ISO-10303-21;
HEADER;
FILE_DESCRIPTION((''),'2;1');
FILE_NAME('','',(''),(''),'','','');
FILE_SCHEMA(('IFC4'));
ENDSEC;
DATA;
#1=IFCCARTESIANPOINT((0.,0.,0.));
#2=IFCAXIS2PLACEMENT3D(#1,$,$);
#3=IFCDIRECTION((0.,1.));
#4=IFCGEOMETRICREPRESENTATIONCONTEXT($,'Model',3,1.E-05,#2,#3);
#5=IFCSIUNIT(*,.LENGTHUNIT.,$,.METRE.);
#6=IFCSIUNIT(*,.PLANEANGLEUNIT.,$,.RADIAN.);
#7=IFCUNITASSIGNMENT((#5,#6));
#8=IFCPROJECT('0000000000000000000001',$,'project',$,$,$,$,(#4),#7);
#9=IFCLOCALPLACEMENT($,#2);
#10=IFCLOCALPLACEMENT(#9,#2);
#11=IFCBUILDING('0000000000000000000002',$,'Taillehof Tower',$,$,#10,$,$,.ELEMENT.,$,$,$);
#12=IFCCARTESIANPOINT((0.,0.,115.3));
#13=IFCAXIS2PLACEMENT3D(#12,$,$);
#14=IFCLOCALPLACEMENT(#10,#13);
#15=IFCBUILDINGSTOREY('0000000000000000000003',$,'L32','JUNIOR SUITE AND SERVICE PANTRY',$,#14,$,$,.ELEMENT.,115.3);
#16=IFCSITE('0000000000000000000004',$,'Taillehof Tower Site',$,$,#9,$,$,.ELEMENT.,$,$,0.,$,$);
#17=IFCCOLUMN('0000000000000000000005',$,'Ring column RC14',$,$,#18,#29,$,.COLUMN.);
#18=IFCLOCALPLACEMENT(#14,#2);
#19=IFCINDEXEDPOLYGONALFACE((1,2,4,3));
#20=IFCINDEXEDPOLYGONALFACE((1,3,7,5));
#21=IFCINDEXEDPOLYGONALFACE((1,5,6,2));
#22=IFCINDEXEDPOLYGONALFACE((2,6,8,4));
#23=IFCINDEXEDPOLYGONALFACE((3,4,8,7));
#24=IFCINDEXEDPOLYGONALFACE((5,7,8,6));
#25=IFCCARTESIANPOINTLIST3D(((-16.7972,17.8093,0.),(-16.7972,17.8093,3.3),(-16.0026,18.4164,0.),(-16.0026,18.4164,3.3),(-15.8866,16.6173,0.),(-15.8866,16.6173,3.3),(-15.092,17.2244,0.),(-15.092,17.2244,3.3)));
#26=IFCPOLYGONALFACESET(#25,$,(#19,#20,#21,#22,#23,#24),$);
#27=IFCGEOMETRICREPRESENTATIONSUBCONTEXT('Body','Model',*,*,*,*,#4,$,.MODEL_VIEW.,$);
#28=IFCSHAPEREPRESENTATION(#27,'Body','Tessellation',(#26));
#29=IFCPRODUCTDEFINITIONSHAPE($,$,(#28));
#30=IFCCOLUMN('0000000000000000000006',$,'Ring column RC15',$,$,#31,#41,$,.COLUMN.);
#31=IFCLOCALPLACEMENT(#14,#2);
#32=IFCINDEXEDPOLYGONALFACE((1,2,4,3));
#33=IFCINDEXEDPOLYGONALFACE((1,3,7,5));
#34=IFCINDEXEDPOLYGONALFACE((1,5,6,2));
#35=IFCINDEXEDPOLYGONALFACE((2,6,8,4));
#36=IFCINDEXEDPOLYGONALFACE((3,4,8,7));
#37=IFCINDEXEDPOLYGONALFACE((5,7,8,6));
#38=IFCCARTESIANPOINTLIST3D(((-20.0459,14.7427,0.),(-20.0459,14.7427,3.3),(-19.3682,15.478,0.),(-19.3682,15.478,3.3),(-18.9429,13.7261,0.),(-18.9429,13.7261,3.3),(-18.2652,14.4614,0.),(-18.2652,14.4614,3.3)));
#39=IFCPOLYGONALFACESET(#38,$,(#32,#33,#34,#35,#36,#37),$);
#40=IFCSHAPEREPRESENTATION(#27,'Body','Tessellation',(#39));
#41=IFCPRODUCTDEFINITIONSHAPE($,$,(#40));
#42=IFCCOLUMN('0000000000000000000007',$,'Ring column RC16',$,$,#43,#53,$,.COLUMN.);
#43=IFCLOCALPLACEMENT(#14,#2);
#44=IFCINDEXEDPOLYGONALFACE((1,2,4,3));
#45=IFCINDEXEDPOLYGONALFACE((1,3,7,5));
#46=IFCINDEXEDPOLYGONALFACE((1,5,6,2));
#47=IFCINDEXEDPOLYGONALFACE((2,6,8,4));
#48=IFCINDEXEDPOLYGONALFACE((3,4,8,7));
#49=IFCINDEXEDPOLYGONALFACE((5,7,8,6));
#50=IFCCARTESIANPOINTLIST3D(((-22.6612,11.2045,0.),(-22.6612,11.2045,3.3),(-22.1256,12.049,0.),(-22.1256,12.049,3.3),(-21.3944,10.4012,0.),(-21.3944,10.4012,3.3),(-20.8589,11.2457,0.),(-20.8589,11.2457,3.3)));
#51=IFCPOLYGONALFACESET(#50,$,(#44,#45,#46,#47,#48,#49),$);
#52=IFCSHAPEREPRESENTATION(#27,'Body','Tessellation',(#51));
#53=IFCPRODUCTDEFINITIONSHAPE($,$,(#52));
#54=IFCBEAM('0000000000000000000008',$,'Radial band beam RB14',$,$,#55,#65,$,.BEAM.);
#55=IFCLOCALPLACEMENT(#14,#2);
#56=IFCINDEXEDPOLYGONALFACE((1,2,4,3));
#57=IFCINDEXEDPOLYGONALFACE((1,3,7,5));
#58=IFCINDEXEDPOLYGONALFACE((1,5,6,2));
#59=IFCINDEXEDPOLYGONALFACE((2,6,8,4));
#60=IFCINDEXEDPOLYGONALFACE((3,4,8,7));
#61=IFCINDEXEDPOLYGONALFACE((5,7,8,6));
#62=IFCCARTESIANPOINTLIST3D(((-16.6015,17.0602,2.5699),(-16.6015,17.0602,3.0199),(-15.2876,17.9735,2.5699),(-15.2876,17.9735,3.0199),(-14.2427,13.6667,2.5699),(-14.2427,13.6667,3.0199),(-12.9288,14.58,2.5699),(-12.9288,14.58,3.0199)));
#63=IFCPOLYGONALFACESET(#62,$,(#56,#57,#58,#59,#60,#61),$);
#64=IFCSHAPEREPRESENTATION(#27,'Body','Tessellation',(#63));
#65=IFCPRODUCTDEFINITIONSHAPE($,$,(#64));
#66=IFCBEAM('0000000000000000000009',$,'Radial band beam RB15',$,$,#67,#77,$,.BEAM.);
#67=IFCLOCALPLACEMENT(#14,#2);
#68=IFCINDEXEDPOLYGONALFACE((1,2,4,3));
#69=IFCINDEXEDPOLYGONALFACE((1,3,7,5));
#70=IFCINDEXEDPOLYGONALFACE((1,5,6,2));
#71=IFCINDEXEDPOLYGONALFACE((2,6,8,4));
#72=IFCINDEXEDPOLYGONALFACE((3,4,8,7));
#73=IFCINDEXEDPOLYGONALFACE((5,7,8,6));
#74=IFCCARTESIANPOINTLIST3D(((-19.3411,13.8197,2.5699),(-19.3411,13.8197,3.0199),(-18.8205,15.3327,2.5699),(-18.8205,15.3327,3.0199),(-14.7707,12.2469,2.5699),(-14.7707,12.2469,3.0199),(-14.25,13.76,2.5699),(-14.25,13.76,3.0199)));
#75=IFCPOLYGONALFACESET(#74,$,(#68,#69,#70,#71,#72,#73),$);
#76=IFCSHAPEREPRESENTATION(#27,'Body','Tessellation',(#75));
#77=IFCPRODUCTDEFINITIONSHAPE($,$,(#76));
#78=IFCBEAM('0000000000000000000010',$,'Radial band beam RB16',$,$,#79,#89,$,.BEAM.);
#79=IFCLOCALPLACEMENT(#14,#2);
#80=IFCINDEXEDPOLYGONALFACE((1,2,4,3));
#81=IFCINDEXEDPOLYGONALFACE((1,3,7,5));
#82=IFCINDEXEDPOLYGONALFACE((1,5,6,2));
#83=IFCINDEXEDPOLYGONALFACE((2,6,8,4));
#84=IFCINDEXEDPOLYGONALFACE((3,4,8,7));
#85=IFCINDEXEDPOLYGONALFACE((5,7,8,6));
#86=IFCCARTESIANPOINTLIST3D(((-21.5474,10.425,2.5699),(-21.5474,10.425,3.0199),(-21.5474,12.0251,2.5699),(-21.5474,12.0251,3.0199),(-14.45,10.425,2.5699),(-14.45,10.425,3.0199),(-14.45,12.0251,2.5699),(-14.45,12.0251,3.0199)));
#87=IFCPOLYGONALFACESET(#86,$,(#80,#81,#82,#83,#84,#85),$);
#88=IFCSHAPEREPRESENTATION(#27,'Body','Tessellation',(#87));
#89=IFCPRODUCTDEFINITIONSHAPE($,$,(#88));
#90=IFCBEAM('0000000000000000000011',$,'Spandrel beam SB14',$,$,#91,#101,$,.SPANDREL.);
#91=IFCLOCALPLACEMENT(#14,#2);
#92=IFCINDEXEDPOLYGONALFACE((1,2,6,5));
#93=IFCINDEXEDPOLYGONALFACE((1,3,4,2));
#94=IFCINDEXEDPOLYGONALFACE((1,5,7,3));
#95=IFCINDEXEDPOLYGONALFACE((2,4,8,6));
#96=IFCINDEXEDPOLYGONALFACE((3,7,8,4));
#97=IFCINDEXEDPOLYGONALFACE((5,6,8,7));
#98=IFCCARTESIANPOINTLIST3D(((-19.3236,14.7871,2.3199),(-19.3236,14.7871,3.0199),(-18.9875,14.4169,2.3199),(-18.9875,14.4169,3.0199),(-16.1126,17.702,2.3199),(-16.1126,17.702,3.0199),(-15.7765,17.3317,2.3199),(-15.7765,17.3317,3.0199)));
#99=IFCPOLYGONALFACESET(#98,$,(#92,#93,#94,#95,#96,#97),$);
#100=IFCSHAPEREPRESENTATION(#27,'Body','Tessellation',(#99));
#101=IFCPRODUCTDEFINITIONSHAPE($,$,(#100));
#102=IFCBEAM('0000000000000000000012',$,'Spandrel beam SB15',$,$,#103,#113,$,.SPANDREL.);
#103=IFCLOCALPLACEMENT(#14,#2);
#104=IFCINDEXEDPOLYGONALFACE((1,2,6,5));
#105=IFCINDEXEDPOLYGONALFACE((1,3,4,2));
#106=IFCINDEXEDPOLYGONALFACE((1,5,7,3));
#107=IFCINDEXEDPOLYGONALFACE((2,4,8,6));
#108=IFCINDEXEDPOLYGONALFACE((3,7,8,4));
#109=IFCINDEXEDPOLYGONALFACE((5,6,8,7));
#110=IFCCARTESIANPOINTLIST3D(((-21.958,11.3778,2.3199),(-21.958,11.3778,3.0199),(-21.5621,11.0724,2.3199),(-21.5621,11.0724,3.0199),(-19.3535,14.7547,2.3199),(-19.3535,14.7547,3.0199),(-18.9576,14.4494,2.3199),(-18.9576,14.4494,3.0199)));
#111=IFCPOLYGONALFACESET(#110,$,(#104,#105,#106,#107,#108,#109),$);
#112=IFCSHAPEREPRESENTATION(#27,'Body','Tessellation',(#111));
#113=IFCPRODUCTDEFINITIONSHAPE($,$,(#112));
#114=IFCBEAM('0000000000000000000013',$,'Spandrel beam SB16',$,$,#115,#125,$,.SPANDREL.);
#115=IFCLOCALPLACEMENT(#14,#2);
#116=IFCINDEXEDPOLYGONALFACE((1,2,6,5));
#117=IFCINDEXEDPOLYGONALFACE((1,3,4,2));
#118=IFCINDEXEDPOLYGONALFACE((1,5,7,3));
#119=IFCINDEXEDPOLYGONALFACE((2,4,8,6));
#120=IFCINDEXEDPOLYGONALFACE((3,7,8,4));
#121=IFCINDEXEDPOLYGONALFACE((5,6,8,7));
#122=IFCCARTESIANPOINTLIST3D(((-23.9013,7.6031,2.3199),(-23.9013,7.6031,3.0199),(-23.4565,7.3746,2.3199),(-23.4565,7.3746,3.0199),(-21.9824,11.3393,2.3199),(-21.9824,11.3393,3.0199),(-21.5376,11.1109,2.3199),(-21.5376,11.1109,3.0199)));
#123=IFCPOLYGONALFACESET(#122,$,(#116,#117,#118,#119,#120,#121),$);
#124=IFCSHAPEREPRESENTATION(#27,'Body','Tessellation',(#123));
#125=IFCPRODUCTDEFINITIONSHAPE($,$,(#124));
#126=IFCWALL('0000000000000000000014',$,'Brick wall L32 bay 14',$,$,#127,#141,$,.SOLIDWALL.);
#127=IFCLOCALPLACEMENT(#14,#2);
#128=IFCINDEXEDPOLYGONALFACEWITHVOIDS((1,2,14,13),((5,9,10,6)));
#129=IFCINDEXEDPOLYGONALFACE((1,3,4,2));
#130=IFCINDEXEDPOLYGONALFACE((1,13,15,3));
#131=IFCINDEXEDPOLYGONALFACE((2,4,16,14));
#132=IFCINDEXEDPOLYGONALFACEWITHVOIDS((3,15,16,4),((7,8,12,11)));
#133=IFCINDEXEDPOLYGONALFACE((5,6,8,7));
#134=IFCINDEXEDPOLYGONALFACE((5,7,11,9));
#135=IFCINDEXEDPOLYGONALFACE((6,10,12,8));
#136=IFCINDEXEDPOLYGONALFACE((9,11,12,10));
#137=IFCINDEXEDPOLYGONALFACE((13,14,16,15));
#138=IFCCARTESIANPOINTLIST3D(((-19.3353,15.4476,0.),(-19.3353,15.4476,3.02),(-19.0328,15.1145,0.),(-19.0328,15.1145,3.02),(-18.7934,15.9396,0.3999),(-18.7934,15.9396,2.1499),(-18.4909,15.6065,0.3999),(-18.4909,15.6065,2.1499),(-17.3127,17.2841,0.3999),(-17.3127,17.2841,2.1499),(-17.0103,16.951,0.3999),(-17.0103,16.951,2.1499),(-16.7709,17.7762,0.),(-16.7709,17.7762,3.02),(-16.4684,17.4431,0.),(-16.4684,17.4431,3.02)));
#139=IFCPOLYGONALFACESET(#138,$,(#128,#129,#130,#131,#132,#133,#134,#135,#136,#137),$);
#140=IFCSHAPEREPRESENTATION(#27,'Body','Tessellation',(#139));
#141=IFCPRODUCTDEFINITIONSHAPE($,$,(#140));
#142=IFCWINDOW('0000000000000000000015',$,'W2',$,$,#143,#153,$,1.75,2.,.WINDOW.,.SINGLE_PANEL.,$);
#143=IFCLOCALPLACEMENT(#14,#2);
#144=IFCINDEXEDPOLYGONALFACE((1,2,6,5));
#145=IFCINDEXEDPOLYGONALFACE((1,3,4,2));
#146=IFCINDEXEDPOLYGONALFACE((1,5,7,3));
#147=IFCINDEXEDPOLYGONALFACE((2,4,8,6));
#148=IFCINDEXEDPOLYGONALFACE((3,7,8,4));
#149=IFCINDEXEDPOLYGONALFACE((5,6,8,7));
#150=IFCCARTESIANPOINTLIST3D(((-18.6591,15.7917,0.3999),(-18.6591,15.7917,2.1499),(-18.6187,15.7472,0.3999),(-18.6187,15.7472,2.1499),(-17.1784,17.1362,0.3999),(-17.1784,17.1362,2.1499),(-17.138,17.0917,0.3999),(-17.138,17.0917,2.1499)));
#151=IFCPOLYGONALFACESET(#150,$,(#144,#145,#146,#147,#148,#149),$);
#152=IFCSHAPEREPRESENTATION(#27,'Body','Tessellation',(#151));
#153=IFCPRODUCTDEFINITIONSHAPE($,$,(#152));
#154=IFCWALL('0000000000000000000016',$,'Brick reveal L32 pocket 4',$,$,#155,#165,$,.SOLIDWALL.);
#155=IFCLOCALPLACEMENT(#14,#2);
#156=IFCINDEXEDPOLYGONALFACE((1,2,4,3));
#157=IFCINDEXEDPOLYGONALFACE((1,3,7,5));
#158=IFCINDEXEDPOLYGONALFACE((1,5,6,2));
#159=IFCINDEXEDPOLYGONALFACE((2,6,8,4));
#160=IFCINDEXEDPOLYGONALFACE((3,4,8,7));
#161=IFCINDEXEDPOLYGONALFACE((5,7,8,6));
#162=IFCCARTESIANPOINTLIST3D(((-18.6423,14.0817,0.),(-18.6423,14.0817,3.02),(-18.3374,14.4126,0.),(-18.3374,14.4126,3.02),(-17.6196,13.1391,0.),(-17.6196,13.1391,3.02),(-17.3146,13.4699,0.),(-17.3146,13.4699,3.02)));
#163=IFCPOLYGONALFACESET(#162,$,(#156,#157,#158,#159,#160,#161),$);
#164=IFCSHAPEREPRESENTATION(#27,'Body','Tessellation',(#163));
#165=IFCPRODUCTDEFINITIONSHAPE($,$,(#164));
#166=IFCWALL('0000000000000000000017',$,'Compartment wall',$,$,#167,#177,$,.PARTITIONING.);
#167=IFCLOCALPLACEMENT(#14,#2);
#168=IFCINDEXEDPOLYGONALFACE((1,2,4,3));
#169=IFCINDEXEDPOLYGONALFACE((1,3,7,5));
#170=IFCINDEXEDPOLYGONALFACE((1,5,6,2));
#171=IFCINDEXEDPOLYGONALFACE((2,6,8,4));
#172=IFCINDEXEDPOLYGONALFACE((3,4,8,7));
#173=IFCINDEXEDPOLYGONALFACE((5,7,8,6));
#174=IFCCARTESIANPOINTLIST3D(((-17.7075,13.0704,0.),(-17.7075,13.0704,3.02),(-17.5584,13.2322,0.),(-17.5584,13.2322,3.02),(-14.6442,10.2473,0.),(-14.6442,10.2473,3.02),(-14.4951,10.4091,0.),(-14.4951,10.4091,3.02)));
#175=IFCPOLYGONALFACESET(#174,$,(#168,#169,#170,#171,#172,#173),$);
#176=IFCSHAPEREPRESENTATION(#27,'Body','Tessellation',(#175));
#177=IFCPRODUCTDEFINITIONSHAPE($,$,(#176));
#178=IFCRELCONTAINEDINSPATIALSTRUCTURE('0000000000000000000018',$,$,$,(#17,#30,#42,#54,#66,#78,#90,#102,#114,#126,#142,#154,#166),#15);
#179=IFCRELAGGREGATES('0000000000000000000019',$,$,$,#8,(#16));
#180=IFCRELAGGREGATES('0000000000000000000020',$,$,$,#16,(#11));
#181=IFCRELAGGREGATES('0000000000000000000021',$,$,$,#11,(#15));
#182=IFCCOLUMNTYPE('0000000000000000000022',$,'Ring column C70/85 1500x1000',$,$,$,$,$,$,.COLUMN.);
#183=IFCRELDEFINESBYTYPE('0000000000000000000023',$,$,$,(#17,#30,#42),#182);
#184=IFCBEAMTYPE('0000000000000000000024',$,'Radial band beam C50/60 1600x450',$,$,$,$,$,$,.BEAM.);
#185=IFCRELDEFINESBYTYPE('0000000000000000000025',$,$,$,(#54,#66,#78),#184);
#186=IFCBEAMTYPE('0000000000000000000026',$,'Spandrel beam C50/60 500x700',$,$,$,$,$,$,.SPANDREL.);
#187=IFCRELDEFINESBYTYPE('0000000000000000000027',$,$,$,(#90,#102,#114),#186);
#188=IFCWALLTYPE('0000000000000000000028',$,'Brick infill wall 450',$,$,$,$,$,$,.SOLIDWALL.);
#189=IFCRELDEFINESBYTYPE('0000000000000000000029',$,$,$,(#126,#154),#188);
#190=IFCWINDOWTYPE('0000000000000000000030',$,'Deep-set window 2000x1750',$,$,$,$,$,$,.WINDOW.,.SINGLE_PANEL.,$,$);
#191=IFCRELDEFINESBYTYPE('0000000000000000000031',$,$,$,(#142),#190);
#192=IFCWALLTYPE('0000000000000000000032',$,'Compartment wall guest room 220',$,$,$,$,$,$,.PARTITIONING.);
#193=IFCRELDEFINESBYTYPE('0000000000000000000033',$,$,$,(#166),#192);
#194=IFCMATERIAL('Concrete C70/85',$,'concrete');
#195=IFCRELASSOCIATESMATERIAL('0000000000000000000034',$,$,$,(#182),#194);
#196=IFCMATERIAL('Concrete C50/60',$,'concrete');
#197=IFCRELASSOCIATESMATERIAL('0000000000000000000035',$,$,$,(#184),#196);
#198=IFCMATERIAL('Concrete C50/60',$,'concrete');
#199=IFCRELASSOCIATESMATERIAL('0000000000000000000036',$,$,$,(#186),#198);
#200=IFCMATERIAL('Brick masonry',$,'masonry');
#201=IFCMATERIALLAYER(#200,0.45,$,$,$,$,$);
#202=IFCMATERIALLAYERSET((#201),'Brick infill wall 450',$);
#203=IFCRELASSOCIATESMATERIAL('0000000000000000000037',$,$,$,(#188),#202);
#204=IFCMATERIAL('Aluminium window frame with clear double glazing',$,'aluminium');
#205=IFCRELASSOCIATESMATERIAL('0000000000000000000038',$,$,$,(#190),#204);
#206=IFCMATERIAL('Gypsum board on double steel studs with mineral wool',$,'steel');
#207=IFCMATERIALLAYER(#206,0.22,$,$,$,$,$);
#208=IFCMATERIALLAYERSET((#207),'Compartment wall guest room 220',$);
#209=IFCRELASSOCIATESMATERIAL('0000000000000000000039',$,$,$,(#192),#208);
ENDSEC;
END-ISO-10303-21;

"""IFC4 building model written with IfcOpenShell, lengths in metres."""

from ifc_helpers import new_model, si_unit, direction, frame, frame_2d, origin, origin_2d, place, context, subcontext, project, spatial, rectangle, extrude, material, layer, layer_set, material_profile, profile_set, type_object, element, fill, save


model = new_model("IFC4")

# Units and contexts
model_context = context("Model", 3, precision=1e-05, world=origin(), true_north=direction((0.0, 1.0)))
body_context = subcontext(model_context, "Body", "Model", "MODEL_VIEW")
ifc_project = project(units=[si_unit("LENGTHUNIT", "METRE"), si_unit("PLANEANGLEUNIT", "RADIAN")], contexts=[model_context])

# Site, building, storey
site_placement = place(None, origin())
site = spatial("IfcSite", under=ifc_project, at=site_placement, Name="Taillehof Tower Site", CompositionType="ELEMENT", RefElevation=0.0)
building_placement = place(site_placement, origin())
building = spatial("IfcBuilding", under=site, at=building_placement, Name="Taillehof Tower", CompositionType="ELEMENT")
storey_placement = place(building_placement, frame((0.0, 0.0, 115.3)))
storey = spatial("IfcBuildingStorey", under=building, at=storey_placement, Name="L32", Description="JUNIOR SUITE AND SERVICE PANTRY", CompositionType="ELEMENT", Elevation=115.3)

# Columns
ifc_material_1 = material(Name="Concrete C70/85", Category="concrete")
ifc_material_profile_1 = material_profile(ifc_material_1, rectangle(XDim=1.5, YDim=1.0, at=origin_2d()), Name="RC 1500x1000")
ifc_profile_set_1 = profile_set([ifc_material_profile_1], Name="Concrete C70/85")
column_type = type_object("IfcColumnType", Name="Ring column C70/85 1500x1000", PredefinedType="COLUMN", material=ifc_profile_set_1)
for number, where, z_axis, x_axis, name in (
    (1, (-15.9446, 17.5168, 0.0), (0.0, 0.0, 1.0), (-0.607074, 0.794645, 0.0), "Ring column RC14"),
    (2, (-19.1555, 14.6021, 0.0), (0.0, 0.0, 1.0), (-0.735332, 0.677707, 0.0), "Ring column RC15"),
    (3, (-21.76, 11.2251, 0.0), (0.0, 0.0, 1.0), (-0.844511, 0.535537, 0.0), "Ring column RC16"),
):
    element("IfcColumn", number, at=place(storey_placement, frame(where, z_axis=z_axis, x_axis=x_axis)), inside=storey, type_object=column_type, Name=name, PredefinedType="COLUMN", context=body_context, shape_type="SweptSolid", body=[
        extrude(rectangle(XDim=1.5, YDim=1.0, at=origin_2d()), origin(), (0.0, 0.0, 1.0), 3.3),
    ])

# Beams
ifc_material_2 = material(Name="Concrete C50/60", Category="concrete")
ifc_material_profile_2 = material_profile(ifc_material_2, rectangle(XDim=1.6001, YDim=0.45, at=origin_2d()), Name="RC 1600x450")
ifc_profile_set_2 = profile_set([ifc_material_profile_2], Name="Concrete C50/60")
beam_type_1 = type_object("IfcBeamType", Name="Radial band beam C50/60 1600x450", PredefinedType="BEAM", material=ifc_profile_set_2)
beam_1_placement = place(storey_placement, frame((-15.9446, 17.5168, 2.7949), z_axis=(0.570763, -0.821115, 0.0), x_axis=(0.821115, 0.570763, 0.0)))
element("IfcBeam", 4, at=beam_1_placement, inside=storey, type_object=beam_type_1, Name="Radial band beam RB14", PredefinedType="BEAM", context=body_context, shape_type="SweptSolid", body=[
    extrude(rectangle(XDim=1.6001, YDim=0.45, at=origin_2d()), origin(), (0.0, 0.0, 1.0), 4.1328),
])
beam_2_placement = place(storey_placement, frame((-19.0808, 14.5762, 2.7949), z_axis=(0.945583, -0.32538, 0.0), x_axis=(0.32538, 0.945583, 0.0)))
element("IfcBeam", 5, at=beam_2_placement, inside=storey, type_object=beam_type_1, Name="Radial band beam RB15", PredefinedType="BEAM", context=body_context, shape_type="SweptSolid", body=[
    extrude(rectangle(XDim=1.6001, YDim=0.45, at=origin_2d()), origin(), (0.0, 0.0, 1.0), 4.8335),
])
beam_3_placement = place(storey_placement, frame((-21.5474, 11.2251, 2.7949), z_axis=(1.0, 0.0, 0.0), x_axis=(0.0, 1.0, 0.0)))
element("IfcBeam", 6, at=beam_3_placement, inside=storey, type_object=beam_type_1, Name="Radial band beam RB16", PredefinedType="BEAM", context=body_context, shape_type="SweptSolid", body=[
    extrude(rectangle(XDim=1.6001, YDim=0.45, at=origin_2d()), origin(), (0.0, 0.0, 1.0), 7.0974),
])
ifc_material_3 = material(Name="Concrete C50/60", Category="concrete")
ifc_material_profile_3 = material_profile(ifc_material_3, rectangle(XDim=0.5, YDim=0.7, at=origin_2d()), Name="RC 500x700")
ifc_profile_set_3 = profile_set([ifc_material_profile_3], Name="Concrete C50/60")
beam_type_2 = type_object("IfcBeamType", Name="Spandrel beam C50/60 500x700", PredefinedType="SPANDREL", material=ifc_profile_set_3)
beam_4_placement = place(storey_placement, frame((-15.9446, 17.5168, 2.6699), z_axis=(-0.740426, -0.672137, 0.0), x_axis=(0.672137, -0.740426, 0.0)))
element("IfcBeam", 7, at=beam_4_placement, inside=storey, type_object=beam_type_2, Name="Spandrel beam SB14", PredefinedType="SPANDREL", context=body_context, shape_type="SweptSolid", body=[
    extrude(rectangle(XDim=0.5, YDim=0.7, at=origin_2d()), origin(), (0.0, 0.0, 1.0), 4.3367),
])
beam_5_placement = place(storey_placement, frame((-19.1555, 14.6021, 2.6699), z_axis=(-0.610717, -0.791849, 0.0), x_axis=(0.791849, -0.610717, 0.0)))
element("IfcBeam", 8, at=beam_5_placement, inside=storey, type_object=beam_type_2, Name="Spandrel beam SB15", PredefinedType="SPANDREL", context=body_context, shape_type="SweptSolid", body=[
    extrude(rectangle(XDim=0.5, YDim=0.7, at=origin_2d()), origin(), (0.0, 0.0, 1.0), 4.2646),
])
beam_6_placement = place(storey_placement, frame((-21.76, 11.2251, 2.6699), z_axis=(-0.456859, -0.889539, 0.0), x_axis=(0.889539, -0.456859, 0.0)))
element("IfcBeam", 9, at=beam_6_placement, inside=storey, type_object=beam_type_2, Name="Spandrel beam SB16", PredefinedType="SPANDREL", context=body_context, shape_type="SweptSolid", body=[
    extrude(rectangle(XDim=0.5, YDim=0.7, at=origin_2d()), origin(), (0.0, 0.0, 1.0), 4.2002),
])

# Wall, opening, window
ifc_material_4 = material(Name="Brick masonry", Category="masonry")
ifc_layer_1 = layer(ifc_material_4, 0.45)
ifc_layer_set_1 = layer_set([ifc_layer_1], Name="Brick infill wall 450")
wall_type_1 = type_object("IfcWallType", Name="Brick infill wall 450", PredefinedType="SOLIDWALL", material=ifc_layer_set_1)
wall_1_placement = place(storey_placement, frame((-16.6196, 17.6096, 0.0), z_axis=(0.0, 0.0, 1.0), x_axis=(-0.740329, -0.672245, 0.0)))
wall_1 = element("IfcWall", 10, at=wall_1_placement, inside=storey, type_object=wall_type_1, Name="Brick wall L32 bay 14", PredefinedType="SOLIDWALL", context=body_context, shape_type="SweptSolid", body=[
    extrude(rectangle(XDim=3.4639, YDim=0.45, at=frame_2d((1.7319, 0.0))), origin(), (0.0, 0.0, 1.0), 3.02),
])
opening_1_placement = place(wall_1_placement, frame((0.7319, 0.0, 0.3999)))
opening_1 = element("IfcOpeningElement", 11, at=opening_1_placement, cuts=wall_1, PredefinedType="OPENING", context=body_context, shape_type="SweptSolid", body=[
    extrude(rectangle(XDim=2.0, YDim=1.75, at=frame_2d((1.0, 0.875))), frame((0.0, 0.2349, 0.0), z_axis=(0.0, -1.0, 0.0), x_axis=(1.0, 0.0, 0.0)), (0.0, 0.0, 1.0), 0.47),
])
ifc_material_5 = material(Name="Aluminium window frame with clear double glazing", Category="aluminium")
window_type_1 = type_object("IfcWindowType", Name="Deep-set window 2000x1750", PartitioningType="SINGLE_PANEL", PredefinedType="WINDOW", material=ifc_material_5)
window_1_placement = place(opening_1_placement, origin())
window_1 = element("IfcWindow", 12, at=window_1_placement, inside=storey, type_object=window_type_1, Name="W2", OverallHeight=1.75, OverallWidth=2.0, PartitioningType="SINGLE_PANEL", PredefinedType="WINDOW", context=body_context, shape_type="SweptSolid", body=[
    extrude(rectangle(XDim=2.0, YDim=1.75, at=frame_2d((1.0, 0.875))), frame((0.0, 0.0349, 0.0), z_axis=(0.0, -1.0, 0.0), x_axis=(1.0, 0.0, 0.0)), (0.0, 0.0, 1.0), 0.0601),
])
fill(opening_1, window_1)

# Wall
wall_2_placement = place(storey_placement, frame((-18.4897, 14.2471, 0.0), z_axis=(0.0, 0.0, 1.0), x_axis=(0.735308, -0.677733, 0.0)))
element("IfcWall", 13, at=wall_2_placement, inside=storey, type_object=wall_type_1, Name="Brick reveal L32 pocket 4", PredefinedType="SOLIDWALL", context=body_context, shape_type="SweptSolid", body=[
    extrude(rectangle(XDim=1.3909, YDim=0.45, at=frame_2d((0.6953, 0.0))), origin(), (0.0, 0.0, 1.0), 3.02),
])

# Wall
ifc_material_6 = material(Name="Gypsum board on double steel studs with mineral wool", Category="steel")
ifc_layer_2 = layer(ifc_material_6, 0.22)
ifc_layer_set_2 = layer_set([ifc_layer_2], Name="Compartment wall guest room 220")
wall_type_2 = type_object("IfcWallType", Name="Compartment wall guest room 220", PredefinedType="PARTITIONING", material=ifc_layer_set_2)
wall_3_placement = place(storey_placement, frame((-17.6331, 13.1514, 0.0), z_axis=(0.0, 0.0, 1.0), x_axis=(0.735354, -0.677684, 0.0)))
element("IfcWall", 14, at=wall_3_placement, inside=storey, type_object=wall_type_2, Name="Compartment wall", PredefinedType="PARTITIONING", context=body_context, shape_type="SweptSolid", body=[
    extrude(rectangle(XDim=4.1658, YDim=0.22, at=frame_2d((2.083, 0.0))), origin(), (0.0, 0.0, 1.0), 3.02),
])

save(model, "model.ifc")
